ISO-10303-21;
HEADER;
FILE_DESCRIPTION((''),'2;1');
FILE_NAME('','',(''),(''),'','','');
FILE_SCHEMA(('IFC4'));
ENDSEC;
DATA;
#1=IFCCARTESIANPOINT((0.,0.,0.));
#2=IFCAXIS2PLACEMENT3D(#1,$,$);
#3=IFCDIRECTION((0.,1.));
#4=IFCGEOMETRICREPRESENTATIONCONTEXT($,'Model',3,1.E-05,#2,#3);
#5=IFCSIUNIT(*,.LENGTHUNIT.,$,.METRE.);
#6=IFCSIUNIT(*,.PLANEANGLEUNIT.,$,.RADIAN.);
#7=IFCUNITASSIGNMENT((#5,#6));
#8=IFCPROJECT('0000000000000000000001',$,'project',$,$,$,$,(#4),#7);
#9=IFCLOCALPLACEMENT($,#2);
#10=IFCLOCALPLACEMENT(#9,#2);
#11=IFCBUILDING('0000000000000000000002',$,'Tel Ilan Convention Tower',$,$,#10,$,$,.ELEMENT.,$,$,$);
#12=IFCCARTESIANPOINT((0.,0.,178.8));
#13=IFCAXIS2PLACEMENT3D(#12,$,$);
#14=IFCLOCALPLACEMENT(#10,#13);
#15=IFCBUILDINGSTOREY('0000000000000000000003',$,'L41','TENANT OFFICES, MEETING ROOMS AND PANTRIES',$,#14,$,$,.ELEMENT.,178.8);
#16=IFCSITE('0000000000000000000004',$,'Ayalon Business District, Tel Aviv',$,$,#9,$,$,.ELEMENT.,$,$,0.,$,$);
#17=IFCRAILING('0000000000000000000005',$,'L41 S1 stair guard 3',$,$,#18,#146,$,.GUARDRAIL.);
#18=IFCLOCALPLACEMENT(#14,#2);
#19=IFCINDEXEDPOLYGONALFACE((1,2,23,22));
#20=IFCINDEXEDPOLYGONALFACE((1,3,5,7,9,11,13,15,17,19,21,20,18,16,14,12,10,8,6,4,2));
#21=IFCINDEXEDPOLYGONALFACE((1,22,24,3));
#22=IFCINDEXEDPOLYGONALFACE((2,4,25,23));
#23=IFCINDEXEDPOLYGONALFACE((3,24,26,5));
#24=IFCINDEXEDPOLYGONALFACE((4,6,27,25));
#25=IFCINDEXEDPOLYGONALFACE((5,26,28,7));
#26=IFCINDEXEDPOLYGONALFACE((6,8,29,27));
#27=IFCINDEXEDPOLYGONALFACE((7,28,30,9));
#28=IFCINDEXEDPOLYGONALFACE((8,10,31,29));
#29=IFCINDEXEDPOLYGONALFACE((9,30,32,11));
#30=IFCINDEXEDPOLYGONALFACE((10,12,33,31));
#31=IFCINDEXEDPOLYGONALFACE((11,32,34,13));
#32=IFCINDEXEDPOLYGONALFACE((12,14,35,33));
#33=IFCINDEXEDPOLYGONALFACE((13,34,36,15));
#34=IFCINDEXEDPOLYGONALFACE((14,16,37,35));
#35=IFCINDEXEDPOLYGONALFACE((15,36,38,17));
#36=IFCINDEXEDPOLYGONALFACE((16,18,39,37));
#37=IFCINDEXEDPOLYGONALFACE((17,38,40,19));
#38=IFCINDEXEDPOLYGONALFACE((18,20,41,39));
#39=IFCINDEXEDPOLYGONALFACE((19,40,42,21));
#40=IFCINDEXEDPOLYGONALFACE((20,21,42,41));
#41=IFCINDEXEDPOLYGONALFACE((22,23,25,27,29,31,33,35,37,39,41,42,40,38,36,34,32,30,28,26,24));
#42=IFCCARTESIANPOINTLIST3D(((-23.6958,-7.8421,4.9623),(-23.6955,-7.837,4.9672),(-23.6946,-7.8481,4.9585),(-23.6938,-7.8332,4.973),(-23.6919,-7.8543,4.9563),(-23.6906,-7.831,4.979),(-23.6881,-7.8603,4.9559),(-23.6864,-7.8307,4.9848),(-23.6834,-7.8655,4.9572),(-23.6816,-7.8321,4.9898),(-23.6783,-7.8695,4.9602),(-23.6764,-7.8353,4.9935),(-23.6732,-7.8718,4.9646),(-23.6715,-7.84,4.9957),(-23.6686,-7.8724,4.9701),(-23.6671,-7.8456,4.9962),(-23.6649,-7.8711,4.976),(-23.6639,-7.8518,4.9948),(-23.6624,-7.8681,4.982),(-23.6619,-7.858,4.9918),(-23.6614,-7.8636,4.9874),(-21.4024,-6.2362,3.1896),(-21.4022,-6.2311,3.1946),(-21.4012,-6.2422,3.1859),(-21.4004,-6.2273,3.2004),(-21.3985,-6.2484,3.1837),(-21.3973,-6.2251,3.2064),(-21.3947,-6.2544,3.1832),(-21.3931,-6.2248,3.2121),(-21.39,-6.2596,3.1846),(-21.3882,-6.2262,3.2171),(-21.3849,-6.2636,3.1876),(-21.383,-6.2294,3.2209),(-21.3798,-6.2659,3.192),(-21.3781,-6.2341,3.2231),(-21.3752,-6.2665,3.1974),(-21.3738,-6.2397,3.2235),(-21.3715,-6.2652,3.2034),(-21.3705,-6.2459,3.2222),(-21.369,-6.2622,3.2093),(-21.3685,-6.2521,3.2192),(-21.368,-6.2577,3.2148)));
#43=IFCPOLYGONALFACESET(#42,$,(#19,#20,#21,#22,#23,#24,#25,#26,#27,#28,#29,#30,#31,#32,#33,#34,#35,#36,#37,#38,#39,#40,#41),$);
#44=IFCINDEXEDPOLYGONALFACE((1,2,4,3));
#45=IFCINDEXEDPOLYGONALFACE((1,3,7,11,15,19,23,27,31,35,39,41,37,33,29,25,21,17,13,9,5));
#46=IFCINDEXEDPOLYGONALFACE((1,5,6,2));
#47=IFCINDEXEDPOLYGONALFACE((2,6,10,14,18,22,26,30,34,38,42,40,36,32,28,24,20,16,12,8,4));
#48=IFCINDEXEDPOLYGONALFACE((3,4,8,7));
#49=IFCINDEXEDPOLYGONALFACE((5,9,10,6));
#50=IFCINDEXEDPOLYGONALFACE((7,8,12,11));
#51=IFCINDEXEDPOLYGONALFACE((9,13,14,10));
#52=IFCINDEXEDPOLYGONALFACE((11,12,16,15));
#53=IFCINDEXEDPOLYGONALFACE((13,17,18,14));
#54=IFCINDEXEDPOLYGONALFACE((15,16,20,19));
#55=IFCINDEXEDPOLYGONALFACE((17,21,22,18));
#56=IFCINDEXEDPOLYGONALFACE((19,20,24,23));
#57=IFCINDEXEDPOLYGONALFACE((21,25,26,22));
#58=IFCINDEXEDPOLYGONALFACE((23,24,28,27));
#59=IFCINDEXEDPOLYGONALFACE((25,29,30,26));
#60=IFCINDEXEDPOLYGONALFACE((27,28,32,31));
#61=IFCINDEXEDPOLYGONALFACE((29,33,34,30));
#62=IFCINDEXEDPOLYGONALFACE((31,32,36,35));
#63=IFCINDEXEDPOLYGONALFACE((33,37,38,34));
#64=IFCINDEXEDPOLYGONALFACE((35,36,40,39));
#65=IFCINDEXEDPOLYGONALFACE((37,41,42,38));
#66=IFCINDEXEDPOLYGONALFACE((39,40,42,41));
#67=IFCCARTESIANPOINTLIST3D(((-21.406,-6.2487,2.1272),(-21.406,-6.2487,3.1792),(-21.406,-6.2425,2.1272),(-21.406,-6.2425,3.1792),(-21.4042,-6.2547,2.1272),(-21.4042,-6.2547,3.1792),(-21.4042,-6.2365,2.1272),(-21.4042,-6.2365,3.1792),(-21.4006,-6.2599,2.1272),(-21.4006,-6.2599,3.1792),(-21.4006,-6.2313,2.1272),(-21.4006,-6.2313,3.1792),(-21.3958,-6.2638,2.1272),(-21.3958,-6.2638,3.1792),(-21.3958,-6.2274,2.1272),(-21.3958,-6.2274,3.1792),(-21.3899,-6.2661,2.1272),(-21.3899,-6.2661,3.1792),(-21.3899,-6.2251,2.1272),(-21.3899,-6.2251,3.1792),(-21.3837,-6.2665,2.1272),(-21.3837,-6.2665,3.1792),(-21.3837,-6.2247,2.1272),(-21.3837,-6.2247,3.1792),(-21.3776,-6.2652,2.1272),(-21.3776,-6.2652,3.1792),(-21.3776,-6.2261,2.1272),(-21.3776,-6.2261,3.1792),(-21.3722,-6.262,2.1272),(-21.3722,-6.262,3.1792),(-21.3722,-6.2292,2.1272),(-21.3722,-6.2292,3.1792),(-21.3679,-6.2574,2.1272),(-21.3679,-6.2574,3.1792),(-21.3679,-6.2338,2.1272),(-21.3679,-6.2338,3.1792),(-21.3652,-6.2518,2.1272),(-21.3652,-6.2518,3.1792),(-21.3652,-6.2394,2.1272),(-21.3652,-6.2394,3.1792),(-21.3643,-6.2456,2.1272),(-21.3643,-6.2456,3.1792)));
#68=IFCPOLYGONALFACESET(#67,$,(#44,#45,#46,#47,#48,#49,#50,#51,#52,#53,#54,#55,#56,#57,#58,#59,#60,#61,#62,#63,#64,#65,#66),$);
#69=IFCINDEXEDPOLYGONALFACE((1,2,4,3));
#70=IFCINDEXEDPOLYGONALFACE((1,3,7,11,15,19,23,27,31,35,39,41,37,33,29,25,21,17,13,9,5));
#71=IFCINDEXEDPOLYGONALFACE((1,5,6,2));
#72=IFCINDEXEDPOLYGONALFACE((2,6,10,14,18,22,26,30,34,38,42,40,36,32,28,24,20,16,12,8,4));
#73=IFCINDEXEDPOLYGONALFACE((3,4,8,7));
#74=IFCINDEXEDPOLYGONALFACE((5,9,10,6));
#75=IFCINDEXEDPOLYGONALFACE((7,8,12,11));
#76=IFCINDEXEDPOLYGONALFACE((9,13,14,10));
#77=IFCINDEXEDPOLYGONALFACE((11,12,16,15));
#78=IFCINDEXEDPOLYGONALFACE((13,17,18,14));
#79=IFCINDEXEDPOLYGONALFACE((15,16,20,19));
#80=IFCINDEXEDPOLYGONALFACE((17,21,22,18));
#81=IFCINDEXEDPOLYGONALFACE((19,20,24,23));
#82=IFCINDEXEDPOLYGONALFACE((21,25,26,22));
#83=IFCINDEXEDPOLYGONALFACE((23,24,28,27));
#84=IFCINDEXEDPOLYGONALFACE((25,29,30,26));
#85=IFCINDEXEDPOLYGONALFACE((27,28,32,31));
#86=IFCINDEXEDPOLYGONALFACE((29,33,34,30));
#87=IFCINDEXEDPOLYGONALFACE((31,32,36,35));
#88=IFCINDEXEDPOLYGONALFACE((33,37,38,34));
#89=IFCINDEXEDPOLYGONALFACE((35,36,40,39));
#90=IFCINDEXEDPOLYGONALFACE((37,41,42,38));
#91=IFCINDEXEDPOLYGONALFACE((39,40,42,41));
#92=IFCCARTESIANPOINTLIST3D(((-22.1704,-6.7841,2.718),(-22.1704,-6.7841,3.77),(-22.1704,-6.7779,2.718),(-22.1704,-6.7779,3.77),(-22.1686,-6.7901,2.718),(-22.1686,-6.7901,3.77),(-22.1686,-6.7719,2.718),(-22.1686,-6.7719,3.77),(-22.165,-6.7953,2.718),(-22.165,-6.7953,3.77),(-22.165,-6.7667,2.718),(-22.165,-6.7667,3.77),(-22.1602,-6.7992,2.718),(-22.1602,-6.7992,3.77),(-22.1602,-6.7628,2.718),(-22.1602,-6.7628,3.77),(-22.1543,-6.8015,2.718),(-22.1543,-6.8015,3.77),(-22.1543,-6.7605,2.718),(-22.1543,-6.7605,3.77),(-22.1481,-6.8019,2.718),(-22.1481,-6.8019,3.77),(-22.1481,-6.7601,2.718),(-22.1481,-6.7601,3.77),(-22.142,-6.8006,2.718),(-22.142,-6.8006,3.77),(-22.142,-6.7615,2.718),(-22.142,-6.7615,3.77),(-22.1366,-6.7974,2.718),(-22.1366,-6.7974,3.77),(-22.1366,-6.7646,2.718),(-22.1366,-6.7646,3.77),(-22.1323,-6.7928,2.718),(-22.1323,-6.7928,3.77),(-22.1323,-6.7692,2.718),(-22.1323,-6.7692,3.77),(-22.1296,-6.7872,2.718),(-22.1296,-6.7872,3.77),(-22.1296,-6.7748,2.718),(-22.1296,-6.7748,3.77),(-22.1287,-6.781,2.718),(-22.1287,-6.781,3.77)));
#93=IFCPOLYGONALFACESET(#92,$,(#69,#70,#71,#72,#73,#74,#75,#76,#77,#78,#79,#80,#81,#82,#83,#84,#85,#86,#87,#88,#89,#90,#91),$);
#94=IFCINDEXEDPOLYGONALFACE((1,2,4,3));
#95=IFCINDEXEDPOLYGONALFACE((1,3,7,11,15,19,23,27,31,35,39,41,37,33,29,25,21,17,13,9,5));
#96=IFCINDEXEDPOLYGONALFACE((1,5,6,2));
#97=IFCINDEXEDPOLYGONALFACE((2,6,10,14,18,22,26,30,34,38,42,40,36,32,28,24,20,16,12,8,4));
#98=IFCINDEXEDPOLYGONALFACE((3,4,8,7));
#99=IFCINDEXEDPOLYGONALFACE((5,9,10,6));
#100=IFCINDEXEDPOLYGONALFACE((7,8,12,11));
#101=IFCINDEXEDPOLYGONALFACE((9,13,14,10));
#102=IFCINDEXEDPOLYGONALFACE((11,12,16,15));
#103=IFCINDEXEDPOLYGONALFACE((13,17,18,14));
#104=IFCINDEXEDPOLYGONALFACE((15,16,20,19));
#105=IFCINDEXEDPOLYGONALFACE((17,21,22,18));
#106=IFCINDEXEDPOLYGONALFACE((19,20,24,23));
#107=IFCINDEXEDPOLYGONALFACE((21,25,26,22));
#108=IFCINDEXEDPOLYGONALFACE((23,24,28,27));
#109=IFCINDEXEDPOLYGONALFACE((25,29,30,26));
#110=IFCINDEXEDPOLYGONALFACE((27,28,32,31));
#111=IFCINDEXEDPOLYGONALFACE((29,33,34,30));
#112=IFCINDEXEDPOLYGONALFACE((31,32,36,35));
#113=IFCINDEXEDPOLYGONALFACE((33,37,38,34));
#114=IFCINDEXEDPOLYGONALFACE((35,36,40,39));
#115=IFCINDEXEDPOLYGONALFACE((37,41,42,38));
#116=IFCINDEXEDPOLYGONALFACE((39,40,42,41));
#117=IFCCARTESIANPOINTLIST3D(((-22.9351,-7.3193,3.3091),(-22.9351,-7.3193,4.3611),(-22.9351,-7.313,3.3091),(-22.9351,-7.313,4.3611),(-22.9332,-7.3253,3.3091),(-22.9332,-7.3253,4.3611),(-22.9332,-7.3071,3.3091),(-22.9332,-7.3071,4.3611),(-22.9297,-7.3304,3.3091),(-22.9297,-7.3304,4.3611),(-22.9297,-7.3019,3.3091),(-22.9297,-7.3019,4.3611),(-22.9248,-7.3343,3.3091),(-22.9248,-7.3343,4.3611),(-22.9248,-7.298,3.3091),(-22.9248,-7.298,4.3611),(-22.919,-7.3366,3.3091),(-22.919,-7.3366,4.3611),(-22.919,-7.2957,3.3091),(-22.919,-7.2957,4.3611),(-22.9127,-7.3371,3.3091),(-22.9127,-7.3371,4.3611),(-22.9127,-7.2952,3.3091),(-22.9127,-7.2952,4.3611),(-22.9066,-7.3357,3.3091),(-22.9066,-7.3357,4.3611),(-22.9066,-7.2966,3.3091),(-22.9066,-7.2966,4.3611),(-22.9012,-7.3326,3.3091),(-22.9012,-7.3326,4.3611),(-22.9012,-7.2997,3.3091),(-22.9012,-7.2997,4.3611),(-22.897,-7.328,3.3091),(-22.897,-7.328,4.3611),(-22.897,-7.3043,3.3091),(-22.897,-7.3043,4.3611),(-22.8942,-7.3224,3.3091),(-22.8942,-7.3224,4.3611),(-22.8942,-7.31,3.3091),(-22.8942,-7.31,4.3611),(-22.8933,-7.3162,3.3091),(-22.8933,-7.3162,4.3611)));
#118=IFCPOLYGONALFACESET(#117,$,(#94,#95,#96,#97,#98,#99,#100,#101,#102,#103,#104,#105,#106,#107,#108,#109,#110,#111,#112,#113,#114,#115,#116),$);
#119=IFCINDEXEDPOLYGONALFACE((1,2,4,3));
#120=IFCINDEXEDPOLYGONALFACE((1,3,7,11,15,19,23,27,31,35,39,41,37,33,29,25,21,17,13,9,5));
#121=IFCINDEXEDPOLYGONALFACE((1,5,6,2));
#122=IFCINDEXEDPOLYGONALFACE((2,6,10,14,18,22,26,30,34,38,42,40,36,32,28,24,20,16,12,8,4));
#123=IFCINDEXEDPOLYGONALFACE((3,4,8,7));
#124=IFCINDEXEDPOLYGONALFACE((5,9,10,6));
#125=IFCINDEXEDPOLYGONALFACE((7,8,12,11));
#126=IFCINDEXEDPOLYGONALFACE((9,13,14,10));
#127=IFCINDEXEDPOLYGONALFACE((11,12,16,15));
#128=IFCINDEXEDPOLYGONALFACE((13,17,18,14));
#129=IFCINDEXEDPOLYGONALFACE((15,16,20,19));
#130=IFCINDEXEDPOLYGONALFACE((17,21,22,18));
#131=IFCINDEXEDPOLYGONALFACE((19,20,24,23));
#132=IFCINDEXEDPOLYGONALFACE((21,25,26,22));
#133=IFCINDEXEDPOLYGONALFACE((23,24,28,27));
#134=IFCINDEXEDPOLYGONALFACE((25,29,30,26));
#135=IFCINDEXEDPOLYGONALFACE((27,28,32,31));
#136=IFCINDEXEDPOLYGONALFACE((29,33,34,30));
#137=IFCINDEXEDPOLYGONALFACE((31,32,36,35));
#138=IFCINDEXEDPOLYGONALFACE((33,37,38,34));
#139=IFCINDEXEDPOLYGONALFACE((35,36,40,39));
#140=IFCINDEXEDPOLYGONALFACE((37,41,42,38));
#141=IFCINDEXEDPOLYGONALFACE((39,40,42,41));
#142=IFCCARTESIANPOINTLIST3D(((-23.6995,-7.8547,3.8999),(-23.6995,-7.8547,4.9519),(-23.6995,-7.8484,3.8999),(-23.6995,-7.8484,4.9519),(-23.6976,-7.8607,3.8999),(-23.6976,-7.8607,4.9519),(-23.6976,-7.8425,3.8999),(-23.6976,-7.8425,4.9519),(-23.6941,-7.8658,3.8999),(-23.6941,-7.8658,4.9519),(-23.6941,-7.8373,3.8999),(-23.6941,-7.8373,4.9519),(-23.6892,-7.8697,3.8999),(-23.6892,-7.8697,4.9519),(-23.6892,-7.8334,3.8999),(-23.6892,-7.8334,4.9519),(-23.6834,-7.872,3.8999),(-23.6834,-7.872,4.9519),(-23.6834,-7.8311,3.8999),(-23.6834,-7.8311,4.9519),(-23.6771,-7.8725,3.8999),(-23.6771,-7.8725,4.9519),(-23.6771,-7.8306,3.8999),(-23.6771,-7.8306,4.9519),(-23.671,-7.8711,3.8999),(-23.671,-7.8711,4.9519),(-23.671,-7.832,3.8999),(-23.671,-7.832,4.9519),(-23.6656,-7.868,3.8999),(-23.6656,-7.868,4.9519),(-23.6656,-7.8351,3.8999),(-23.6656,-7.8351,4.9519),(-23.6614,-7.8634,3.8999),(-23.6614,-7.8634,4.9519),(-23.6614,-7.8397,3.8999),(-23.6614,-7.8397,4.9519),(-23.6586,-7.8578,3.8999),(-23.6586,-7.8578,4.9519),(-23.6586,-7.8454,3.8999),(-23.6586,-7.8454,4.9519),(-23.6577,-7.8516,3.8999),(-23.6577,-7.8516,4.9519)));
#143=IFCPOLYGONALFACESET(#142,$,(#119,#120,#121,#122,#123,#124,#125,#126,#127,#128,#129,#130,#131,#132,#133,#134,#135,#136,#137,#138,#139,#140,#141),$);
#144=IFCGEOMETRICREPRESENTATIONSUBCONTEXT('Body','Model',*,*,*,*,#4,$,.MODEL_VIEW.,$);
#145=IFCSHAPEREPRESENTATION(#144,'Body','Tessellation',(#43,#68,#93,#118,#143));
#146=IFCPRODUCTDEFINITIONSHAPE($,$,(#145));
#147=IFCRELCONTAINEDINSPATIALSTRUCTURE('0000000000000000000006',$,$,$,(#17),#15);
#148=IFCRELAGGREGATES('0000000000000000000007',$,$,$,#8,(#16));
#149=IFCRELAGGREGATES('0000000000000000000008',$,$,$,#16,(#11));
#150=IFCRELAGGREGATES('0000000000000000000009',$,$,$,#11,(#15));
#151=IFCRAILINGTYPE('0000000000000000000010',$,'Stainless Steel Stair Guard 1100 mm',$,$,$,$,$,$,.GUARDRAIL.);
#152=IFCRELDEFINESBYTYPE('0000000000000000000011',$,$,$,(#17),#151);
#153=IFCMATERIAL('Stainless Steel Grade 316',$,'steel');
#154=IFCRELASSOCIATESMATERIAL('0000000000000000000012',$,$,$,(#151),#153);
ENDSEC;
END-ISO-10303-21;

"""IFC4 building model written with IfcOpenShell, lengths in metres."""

from ifc_helpers import new_model, si_unit, direction, frame, origin, origin_2d, place, context, subcontext, project, spatial, circle, extrude, material, type_object, element, save


model = new_model("IFC4")

# Units and contexts
model_context = context("Model", 3, precision=1e-05, world=origin(), true_north=direction((0.0, 1.0)))
body_context = subcontext(model_context, "Body", "Model", "MODEL_VIEW")
ifc_project = project(units=[si_unit("LENGTHUNIT", "METRE"), si_unit("PLANEANGLEUNIT", "RADIAN")], contexts=[model_context])

# Site, building, storey
site_placement = place(None, origin())
site = spatial("IfcSite", under=ifc_project, at=site_placement, Name="Ayalon Business District, Tel Aviv", CompositionType="ELEMENT", RefElevation=0.0)
building_placement = place(site_placement, origin())
building = spatial("IfcBuilding", under=site, at=building_placement, Name="Tel Ilan Convention Tower", CompositionType="ELEMENT")
storey_placement = place(building_placement, frame((0.0, 0.0, 178.8)))
storey = spatial("IfcBuildingStorey", under=building, at=storey_placement, Name="L41", Description="TENANT OFFICES, MEETING ROOMS AND PANTRIES", CompositionType="ELEMENT", Elevation=178.8)

# Railing
ifc_material_1 = material(Name="Stainless Steel Grade 316", Category="steel")
railing_type_1 = type_object("IfcRailingType", Name="Stainless Steel Stair Guard 1100 mm", PredefinedType="GUARDRAIL", material=ifc_material_1)
railing_1_placement = place(storey_placement, frame((-21.3853, -6.2456, 2.1272)))
element("IfcRailing", 1, at=railing_1_placement, inside=storey, type_object=railing_type_1, Name="L41 S1 stair guard 3", PredefinedType="GUARDRAIL", context=body_context, shape_type="SweptSolid", body=[
    extrude(circle(Radius=0.0239, at=origin_2d()), frame((0.0, 0.0, 1.0762), z_axis=(-0.692085, -0.484621, 0.53494), x_axis=(0.573591, -0.819142, 0.0)), (0.0, 0.0, 1.0), 3.3137),
    extrude(circle(Radius=0.021, at=origin_2d()), origin(), (0.0, 0.0, 1.0), 1.052),
    extrude(circle(Radius=0.021, at=origin_2d()), frame((-0.7644, -0.5354, 0.5908)), (0.0, 0.0, 1.0), 1.052),
    extrude(circle(Radius=0.021, at=origin_2d()), frame((-1.5291, -1.0706, 1.1819)), (0.0, 0.0, 1.0), 1.052),
    extrude(circle(Radius=0.021, at=origin_2d()), frame((-2.2935, -1.606, 1.7727)), (0.0, 0.0, 1.0), 1.052),
])

save(model, "model.ifc")
